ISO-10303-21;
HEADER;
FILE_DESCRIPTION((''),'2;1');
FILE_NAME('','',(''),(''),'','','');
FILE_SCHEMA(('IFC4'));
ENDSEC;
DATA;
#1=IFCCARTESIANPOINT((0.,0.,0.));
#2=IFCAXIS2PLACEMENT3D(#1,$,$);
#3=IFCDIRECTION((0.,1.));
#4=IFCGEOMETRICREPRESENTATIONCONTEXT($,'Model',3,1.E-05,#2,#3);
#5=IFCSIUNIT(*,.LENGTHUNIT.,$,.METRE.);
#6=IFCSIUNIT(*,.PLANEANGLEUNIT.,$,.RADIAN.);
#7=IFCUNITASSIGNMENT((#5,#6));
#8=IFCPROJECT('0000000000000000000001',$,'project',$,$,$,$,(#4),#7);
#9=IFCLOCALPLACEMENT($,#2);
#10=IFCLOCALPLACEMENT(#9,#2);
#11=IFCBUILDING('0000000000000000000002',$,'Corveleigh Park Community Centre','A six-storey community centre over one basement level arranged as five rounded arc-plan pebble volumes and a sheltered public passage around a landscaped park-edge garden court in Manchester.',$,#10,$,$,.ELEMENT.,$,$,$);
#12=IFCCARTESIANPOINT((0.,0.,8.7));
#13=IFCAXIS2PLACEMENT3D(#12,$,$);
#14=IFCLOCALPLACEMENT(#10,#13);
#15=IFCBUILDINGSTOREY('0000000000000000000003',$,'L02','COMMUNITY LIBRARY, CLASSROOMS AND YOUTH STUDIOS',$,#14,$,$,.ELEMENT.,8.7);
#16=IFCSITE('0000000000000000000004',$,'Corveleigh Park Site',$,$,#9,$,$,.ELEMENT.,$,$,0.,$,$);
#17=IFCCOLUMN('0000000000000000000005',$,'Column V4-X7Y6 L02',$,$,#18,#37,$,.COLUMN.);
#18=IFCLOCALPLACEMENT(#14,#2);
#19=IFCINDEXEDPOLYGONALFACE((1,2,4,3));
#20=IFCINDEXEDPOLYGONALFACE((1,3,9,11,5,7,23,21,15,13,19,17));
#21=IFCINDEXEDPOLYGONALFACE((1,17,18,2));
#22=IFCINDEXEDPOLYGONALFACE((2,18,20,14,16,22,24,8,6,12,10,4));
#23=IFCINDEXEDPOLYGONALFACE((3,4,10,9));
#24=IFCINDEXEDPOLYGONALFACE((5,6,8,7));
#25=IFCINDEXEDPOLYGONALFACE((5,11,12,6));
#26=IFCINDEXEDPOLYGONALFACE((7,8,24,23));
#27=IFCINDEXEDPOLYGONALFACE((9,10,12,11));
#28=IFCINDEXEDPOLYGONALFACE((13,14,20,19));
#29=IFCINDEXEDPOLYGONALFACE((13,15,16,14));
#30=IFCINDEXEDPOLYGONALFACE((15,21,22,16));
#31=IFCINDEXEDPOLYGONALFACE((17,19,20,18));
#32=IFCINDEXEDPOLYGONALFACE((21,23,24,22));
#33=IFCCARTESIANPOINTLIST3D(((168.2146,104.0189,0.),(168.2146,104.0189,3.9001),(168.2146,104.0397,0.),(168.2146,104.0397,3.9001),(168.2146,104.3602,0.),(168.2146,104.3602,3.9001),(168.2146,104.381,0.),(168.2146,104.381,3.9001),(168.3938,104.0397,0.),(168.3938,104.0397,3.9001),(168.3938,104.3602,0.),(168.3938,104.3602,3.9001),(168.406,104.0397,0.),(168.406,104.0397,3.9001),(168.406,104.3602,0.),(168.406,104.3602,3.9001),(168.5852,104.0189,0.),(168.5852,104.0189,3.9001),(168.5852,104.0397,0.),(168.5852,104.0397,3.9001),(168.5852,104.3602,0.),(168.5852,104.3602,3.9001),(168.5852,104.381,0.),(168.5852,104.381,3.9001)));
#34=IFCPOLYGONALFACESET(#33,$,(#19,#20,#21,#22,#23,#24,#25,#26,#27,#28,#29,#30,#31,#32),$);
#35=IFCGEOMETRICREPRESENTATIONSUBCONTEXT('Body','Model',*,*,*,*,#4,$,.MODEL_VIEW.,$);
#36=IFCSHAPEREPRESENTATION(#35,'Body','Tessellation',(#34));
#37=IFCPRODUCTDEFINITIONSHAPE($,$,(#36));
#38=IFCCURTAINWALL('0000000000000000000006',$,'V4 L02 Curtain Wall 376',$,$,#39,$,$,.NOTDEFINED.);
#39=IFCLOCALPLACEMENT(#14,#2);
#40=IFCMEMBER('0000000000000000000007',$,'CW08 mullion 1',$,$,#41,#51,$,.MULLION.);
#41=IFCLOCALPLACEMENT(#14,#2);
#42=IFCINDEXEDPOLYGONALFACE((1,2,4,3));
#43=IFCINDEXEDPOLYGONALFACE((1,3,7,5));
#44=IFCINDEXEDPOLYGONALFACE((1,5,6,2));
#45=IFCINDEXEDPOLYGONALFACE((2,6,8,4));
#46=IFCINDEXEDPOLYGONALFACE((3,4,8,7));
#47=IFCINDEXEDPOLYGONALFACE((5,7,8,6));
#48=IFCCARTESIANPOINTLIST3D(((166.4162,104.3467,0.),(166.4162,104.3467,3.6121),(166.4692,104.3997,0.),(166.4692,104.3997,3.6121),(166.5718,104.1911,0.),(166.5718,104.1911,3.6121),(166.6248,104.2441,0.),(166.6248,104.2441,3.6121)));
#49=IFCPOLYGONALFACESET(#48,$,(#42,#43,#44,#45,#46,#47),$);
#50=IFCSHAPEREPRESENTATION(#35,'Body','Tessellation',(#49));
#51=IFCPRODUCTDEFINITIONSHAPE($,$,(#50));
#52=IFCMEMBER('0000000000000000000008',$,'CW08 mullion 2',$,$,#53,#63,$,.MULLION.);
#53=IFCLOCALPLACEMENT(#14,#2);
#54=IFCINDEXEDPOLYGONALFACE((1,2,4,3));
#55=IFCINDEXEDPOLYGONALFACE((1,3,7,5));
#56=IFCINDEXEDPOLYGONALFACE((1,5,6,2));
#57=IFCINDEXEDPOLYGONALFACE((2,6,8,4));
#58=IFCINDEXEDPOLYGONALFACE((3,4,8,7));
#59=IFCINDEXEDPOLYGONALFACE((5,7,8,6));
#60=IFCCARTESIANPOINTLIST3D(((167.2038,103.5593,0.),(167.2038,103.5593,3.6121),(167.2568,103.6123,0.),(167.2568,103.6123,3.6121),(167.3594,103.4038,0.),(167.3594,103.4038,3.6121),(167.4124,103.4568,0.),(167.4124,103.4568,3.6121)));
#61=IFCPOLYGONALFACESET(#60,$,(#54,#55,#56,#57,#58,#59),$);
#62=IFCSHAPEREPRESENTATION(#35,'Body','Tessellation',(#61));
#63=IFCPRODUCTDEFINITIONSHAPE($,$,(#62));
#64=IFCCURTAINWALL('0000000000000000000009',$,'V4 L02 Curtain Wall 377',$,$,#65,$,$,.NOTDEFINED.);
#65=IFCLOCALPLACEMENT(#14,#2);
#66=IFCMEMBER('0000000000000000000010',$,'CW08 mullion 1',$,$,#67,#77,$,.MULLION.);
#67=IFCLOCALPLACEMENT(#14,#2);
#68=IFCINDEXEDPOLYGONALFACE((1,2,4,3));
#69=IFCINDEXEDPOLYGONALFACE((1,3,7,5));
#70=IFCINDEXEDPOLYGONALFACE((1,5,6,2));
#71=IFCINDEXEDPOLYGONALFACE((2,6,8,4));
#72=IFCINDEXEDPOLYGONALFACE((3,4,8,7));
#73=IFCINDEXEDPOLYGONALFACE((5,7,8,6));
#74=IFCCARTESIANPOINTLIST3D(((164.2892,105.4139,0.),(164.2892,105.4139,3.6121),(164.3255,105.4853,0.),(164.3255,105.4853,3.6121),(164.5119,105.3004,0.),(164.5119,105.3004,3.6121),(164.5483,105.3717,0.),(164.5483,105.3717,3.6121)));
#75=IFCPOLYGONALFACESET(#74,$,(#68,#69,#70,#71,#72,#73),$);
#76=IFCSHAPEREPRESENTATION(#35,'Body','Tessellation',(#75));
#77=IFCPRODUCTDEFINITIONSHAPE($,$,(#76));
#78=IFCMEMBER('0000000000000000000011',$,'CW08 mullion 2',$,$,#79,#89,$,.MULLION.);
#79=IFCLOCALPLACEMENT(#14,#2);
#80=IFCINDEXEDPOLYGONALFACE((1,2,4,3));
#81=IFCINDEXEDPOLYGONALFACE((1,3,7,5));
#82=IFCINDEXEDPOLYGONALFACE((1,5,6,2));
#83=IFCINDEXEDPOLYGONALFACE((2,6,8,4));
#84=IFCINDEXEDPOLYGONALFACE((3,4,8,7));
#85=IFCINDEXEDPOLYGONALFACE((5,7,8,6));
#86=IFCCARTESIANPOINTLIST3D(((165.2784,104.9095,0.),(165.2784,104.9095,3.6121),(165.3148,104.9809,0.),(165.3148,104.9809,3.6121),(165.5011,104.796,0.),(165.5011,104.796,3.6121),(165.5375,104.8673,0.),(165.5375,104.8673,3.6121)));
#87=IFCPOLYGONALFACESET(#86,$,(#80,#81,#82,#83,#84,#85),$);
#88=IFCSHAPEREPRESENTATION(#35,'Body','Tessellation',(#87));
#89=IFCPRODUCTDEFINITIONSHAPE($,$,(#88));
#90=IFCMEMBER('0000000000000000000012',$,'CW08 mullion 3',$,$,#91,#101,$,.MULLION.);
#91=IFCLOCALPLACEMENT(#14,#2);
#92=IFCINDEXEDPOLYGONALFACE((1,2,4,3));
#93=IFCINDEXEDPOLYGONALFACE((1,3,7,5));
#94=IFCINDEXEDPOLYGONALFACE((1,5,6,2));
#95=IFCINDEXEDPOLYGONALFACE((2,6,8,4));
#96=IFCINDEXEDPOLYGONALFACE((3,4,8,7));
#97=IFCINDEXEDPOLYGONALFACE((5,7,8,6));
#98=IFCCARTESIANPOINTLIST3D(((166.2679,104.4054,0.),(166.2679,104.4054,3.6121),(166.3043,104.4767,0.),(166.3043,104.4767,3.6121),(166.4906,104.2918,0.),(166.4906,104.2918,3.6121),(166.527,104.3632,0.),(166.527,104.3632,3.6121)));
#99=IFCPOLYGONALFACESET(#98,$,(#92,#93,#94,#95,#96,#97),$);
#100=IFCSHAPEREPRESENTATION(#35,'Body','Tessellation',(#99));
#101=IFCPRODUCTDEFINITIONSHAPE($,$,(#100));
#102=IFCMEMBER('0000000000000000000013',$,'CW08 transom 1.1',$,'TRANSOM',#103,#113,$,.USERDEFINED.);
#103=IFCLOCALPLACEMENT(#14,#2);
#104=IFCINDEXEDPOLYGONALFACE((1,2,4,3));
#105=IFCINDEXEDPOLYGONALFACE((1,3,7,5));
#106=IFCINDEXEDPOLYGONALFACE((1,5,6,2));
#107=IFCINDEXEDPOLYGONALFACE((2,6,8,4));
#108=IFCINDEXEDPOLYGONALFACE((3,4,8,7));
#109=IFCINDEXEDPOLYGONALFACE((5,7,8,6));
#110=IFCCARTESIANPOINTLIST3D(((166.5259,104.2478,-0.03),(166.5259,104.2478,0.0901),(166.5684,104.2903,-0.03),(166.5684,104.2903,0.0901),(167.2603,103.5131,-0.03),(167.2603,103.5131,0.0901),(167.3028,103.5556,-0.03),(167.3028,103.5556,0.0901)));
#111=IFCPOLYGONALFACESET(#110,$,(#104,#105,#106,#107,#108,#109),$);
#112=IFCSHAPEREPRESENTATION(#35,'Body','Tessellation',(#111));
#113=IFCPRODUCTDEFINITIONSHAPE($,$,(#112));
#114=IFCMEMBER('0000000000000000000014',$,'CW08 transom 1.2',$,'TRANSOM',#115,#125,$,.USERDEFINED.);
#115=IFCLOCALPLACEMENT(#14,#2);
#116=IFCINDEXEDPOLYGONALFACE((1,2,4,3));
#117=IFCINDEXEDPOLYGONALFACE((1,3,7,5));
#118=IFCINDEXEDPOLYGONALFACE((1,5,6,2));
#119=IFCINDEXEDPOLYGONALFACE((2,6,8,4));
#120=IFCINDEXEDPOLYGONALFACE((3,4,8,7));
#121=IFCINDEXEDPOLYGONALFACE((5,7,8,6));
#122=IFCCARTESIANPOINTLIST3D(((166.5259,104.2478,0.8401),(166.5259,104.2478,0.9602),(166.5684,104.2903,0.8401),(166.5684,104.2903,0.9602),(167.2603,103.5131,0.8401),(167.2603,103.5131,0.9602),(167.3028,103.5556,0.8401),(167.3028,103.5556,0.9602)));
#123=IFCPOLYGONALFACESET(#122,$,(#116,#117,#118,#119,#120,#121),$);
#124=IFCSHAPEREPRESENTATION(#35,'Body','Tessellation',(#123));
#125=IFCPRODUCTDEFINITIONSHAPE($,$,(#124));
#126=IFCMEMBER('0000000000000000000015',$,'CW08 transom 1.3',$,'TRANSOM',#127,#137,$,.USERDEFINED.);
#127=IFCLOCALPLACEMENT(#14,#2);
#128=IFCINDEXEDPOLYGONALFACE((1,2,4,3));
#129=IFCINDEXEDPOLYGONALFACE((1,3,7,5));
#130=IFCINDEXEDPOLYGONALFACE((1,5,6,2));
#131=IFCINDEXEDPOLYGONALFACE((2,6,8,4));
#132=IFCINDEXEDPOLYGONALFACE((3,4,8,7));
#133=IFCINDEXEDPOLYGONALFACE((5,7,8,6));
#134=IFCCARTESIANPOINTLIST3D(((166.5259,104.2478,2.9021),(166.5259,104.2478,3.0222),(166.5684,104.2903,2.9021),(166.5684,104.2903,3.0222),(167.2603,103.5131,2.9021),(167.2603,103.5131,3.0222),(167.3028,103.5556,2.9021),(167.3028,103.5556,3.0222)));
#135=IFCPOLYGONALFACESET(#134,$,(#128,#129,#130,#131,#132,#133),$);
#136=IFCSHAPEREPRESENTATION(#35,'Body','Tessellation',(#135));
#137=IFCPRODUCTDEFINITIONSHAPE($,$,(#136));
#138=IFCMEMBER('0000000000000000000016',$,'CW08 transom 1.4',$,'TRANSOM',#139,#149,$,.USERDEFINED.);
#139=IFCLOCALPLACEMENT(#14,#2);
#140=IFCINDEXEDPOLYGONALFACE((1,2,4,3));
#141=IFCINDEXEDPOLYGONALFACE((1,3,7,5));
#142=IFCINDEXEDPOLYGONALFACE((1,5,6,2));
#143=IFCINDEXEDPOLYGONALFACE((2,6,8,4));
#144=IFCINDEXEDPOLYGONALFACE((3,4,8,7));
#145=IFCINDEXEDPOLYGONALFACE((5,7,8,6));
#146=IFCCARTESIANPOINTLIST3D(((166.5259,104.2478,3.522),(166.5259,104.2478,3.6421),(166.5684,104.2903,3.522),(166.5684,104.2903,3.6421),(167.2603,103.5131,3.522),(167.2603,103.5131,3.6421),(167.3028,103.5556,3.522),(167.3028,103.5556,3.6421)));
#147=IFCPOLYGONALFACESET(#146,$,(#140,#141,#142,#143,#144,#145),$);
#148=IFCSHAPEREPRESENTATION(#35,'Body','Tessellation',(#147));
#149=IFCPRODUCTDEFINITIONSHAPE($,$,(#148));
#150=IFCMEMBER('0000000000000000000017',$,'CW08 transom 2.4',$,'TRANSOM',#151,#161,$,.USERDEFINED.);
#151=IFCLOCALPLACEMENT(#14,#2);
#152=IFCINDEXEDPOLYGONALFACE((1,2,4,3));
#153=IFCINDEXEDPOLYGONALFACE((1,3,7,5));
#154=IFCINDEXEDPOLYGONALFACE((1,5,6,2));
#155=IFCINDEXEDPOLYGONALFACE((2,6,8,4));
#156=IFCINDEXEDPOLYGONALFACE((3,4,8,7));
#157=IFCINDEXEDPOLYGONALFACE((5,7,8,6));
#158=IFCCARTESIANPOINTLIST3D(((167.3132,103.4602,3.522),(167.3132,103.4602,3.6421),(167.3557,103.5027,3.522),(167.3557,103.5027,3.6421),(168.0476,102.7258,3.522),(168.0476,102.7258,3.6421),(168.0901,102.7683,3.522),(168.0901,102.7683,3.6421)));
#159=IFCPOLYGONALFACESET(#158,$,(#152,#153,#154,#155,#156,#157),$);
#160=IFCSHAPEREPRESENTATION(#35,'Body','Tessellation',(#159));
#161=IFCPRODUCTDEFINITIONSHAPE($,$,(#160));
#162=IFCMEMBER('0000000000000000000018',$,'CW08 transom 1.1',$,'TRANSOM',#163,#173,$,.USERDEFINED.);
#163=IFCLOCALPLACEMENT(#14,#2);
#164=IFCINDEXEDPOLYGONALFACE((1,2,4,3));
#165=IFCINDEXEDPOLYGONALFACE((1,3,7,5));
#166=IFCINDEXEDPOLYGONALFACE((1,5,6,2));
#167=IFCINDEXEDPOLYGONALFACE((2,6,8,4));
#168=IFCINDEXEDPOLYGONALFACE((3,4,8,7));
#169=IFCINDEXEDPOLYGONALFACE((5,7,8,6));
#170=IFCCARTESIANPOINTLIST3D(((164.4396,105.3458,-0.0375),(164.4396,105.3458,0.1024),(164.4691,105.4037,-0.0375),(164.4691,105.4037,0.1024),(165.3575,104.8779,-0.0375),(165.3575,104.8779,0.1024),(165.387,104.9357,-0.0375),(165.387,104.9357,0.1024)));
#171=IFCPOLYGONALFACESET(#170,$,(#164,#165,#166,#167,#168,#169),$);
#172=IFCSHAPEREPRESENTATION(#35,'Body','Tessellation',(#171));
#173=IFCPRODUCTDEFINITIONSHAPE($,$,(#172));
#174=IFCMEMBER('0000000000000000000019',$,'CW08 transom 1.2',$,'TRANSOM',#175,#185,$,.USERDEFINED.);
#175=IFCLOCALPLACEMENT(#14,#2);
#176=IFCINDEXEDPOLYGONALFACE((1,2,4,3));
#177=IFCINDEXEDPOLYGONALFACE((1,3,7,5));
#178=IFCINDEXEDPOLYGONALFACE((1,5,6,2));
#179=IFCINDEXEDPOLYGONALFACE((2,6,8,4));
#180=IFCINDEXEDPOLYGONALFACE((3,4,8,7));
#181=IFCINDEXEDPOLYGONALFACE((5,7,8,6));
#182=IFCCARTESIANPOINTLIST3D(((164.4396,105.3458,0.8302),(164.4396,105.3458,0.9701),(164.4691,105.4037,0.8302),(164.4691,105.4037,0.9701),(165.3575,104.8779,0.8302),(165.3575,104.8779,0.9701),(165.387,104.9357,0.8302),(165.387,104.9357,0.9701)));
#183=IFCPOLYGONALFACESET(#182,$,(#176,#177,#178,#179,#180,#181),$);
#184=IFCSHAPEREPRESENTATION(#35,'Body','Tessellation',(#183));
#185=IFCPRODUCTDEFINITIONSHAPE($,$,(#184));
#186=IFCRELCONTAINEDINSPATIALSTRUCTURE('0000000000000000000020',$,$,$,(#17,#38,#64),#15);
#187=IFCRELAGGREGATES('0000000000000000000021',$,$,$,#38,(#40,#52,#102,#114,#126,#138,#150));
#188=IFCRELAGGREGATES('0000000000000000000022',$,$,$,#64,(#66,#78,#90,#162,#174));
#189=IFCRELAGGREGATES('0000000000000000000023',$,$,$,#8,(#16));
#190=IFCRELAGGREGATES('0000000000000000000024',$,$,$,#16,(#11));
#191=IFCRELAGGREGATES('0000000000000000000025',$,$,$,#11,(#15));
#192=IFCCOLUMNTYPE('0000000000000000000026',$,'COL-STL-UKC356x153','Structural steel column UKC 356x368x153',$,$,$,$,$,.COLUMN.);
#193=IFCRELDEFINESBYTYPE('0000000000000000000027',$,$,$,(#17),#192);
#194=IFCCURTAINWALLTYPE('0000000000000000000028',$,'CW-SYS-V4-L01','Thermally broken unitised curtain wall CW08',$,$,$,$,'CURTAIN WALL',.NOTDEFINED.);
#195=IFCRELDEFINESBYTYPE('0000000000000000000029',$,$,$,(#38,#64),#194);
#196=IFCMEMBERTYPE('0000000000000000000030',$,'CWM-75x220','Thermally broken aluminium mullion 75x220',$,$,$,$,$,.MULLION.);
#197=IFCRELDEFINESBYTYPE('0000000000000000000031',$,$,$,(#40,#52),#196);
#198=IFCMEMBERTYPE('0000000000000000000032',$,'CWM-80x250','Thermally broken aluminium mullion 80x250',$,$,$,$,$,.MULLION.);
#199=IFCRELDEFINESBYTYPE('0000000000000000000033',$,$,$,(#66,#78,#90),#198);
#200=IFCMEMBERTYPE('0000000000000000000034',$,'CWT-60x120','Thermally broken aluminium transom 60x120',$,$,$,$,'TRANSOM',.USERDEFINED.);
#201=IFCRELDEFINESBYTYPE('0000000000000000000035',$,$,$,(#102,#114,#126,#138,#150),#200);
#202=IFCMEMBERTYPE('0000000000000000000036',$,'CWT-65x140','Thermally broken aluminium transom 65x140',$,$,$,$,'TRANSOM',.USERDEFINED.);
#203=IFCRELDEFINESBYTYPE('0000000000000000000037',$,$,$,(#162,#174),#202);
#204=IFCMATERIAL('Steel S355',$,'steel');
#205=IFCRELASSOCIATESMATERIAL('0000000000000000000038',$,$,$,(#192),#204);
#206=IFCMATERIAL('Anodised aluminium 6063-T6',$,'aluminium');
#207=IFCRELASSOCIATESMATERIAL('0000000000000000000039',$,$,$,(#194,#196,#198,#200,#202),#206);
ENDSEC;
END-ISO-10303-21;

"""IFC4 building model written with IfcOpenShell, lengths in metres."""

from ifc_helpers import new_model, si_unit, direction, frame, origin, origin_2d, place, context, subcontext, project, spatial, rectangle, i_section, extrude, material, material_profile, profile_set, type_object, element, aggregate, save


model = new_model("IFC4")

# Units and contexts
model_context = context("Model", 3, precision=1e-05, world=origin(), true_north=direction((0.0, 1.0)))
body_context = subcontext(model_context, "Body", "Model", "MODEL_VIEW")
ifc_project = project(units=[si_unit("LENGTHUNIT", "METRE"), si_unit("PLANEANGLEUNIT", "RADIAN")], contexts=[model_context])

# Site, building, storey
site_placement = place(None, origin())
site = spatial("IfcSite", under=ifc_project, at=site_placement, Name="Corveleigh Park Site", CompositionType="ELEMENT", RefElevation=0.0)
building_placement = place(site_placement, origin())
building = spatial("IfcBuilding", under=site, at=building_placement, Name="Corveleigh Park Community Centre", Description="A six-storey community centre over one basement level arranged as five rounded arc-plan pebble volumes and a sheltered public passage around a landscaped park-edge garden court in Manchester.", CompositionType="ELEMENT")
storey_placement = place(building_placement, frame((0.0, 0.0, 8.7)))
storey = spatial("IfcBuildingStorey", under=building, at=storey_placement, Name="L02", Description="COMMUNITY LIBRARY, CLASSROOMS AND YOUTH STUDIOS", CompositionType="ELEMENT", Elevation=8.7)

# Column
ifc_material_1 = material(Name="Steel S355", Category="steel")
ifc_material_profile_1 = material_profile(ifc_material_1, i_section(OverallWidth=0.3706, OverallDepth=0.3621, WebThickness=0.0122, FlangeThickness=0.0208, at=origin_2d()), Name="UKC 356x368x153", Category="steel")
ifc_profile_set_1 = profile_set([ifc_material_profile_1], Name="Steel S355")
column_type = type_object("IfcColumnType", Name="COL-STL-UKC356x153", Description="Structural steel column UKC 356x368x153", PredefinedType="COLUMN", material=ifc_profile_set_1)
column_placement = place(storey_placement, frame((168.3999, 104.2, 0.0), z_axis=(0.0, 0.0, 1.0), x_axis=(1.0, 0.0, 0.0)))
element("IfcColumn", 1, at=column_placement, inside=storey, type_object=column_type, Name="Column V4-X7Y6 L02", PredefinedType="COLUMN", context=body_context, shape_type="SweptSolid", body=[
    extrude(i_section(OverallWidth=0.3706, OverallDepth=0.3621, WebThickness=0.0122, FlangeThickness=0.0208, at=origin_2d()), origin(), (0.0, 0.0, 1.0), 3.9001),
])

# Curtain walls, members
ifc_material_2 = material(Name="Anodised aluminium 6063-T6", Category="aluminium")
curtain_wall_type = type_object("IfcCurtainWallType", Name="CW-SYS-V4-L01", Description="Thermally broken unitised curtain wall CW08", ElementType="CURTAIN WALL", PredefinedType="NOTDEFINED", material=ifc_material_2)
curtain_wall_1_placement = place(storey_placement, origin())
curtain_wall_1 = element("IfcCurtainWall", 2, at=curtain_wall_1_placement, inside=storey, type_object=curtain_wall_type, Name="V4 L02 Curtain Wall 376", PredefinedType="NOTDEFINED")
ifc_material_profile_2 = material_profile(ifc_material_2, rectangle(XDim=0.075, YDim=0.22, at=origin_2d()), Name="ALU-M75x220", Category="aluminium")
ifc_profile_set_2 = profile_set([ifc_material_profile_2], Name="Anodised aluminium 6063-T6")
member_type_1 = type_object("IfcMemberType", Name="CWM-75x220", Description="Thermally broken aluminium mullion 75x220", PredefinedType="MULLION", material=ifc_profile_set_2)
member_1_placement = place(storey_placement, frame((166.5205, 104.2954, 0.0), z_axis=(0.0, 0.0, 1.0), x_axis=(0.707107, 0.707107, 0.0)))
member_1 = element("IfcMember", 3, at=member_1_placement, type_object=member_type_1, Name="CW08 mullion 1", PredefinedType="MULLION", context=body_context, shape_type="SweptSolid", body=[
    extrude(rectangle(XDim=0.075, YDim=0.22, at=origin_2d()), origin(), (0.0, 0.0, 1.0), 3.6121),
])
member_2_placement = place(storey_placement, frame((167.3081, 103.5081, 0.0), z_axis=(0.0, 0.0, 1.0), x_axis=(0.707107, 0.707107, 0.0)))
member_2 = element("IfcMember", 4, at=member_2_placement, type_object=member_type_1, Name="CW08 mullion 2", PredefinedType="MULLION", context=body_context, shape_type="SweptSolid", body=[
    extrude(rectangle(XDim=0.075, YDim=0.22, at=origin_2d()), origin(), (0.0, 0.0, 1.0), 3.6121),
])
curtain_wall_2_placement = place(storey_placement, origin())
curtain_wall_2 = element("IfcCurtainWall", 5, at=curtain_wall_2_placement, inside=storey, type_object=curtain_wall_type, Name="V4 L02 Curtain Wall 377", PredefinedType="NOTDEFINED")
ifc_material_profile_3 = material_profile(ifc_material_2, rectangle(XDim=0.0801, YDim=0.25, at=origin_2d()), Name="ALU-M80x250", Category="aluminium")
ifc_profile_set_3 = profile_set([ifc_material_profile_3], Name="Anodised aluminium 6063-T6")
member_type_2 = type_object("IfcMemberType", Name="CWM-80x250", Description="Thermally broken aluminium mullion 80x250", PredefinedType="MULLION", material=ifc_profile_set_3)
member_3_placement = place(storey_placement, frame((164.4187, 105.3928, 0.0), z_axis=(0.0, 0.0, 1.0), x_axis=(0.454154, 0.890923, 0.0)))
member_3 = element("IfcMember", 6, at=member_3_placement, type_object=member_type_2, Name="CW08 mullion 1", PredefinedType="MULLION", context=body_context, shape_type="SweptSolid", body=[
    extrude(rectangle(XDim=0.0801, YDim=0.25, at=origin_2d()), origin(), (0.0, 0.0, 1.0), 3.6121),
])
member_4_placement = place(storey_placement, frame((165.408, 104.8884, 0.0), z_axis=(0.0, 0.0, 1.0), x_axis=(0.454154, 0.890923, 0.0)))
member_4 = element("IfcMember", 7, at=member_4_placement, type_object=member_type_2, Name="CW08 mullion 2", PredefinedType="MULLION", context=body_context, shape_type="SweptSolid", body=[
    extrude(rectangle(XDim=0.0801, YDim=0.25, at=origin_2d()), origin(), (0.0, 0.0, 1.0), 3.6121),
])
member_5_placement = place(storey_placement, frame((166.3975, 104.3843, 0.0), z_axis=(0.0, 0.0, 1.0), x_axis=(0.454154, 0.890923, 0.0)))
member_5 = element("IfcMember", 8, at=member_5_placement, type_object=member_type_2, Name="CW08 mullion 3", PredefinedType="MULLION", context=body_context, shape_type="SweptSolid", body=[
    extrude(rectangle(XDim=0.0801, YDim=0.25, at=origin_2d()), origin(), (0.0, 0.0, 1.0), 3.6121),
])

# Members
ifc_material_profile_4 = material_profile(ifc_material_2, rectangle(XDim=0.0601, YDim=0.1201, at=origin_2d()), Name="ALU-T60x120", Category="aluminium")
ifc_profile_set_4 = profile_set([ifc_material_profile_4], Name="Anodised aluminium 6063-T6")
member_type_3 = type_object("IfcMemberType", Name="CWT-60x120", Description="Thermally broken aluminium transom 60x120", ElementType="TRANSOM", PredefinedType="USERDEFINED", material=ifc_profile_set_4)
member_6_placement = place(storey_placement, frame((166.5471, 104.269, 0.03), z_axis=(0.706989, -0.707224, 0.0), x_axis=(0.707224, 0.706989, 0.0)))
member_6 = element("IfcMember", 9, at=member_6_placement, type_object=member_type_3, Name="CW08 transom 1.1", ObjectType="TRANSOM", PredefinedType="USERDEFINED", context=body_context, shape_type="SweptSolid", body=[
    extrude(rectangle(XDim=0.0601, YDim=0.1201, at=origin_2d()), origin(), (0.0, 0.0, 1.0), 1.0388),
])
member_7_placement = place(storey_placement, frame((166.5471, 104.269, 0.9001), z_axis=(0.706989, -0.707224, 0.0), x_axis=(0.707224, 0.706989, 0.0)))
member_7 = element("IfcMember", 10, at=member_7_placement, type_object=member_type_3, Name="CW08 transom 1.2", ObjectType="TRANSOM", PredefinedType="USERDEFINED", context=body_context, shape_type="SweptSolid", body=[
    extrude(rectangle(XDim=0.0601, YDim=0.1201, at=origin_2d()), origin(), (0.0, 0.0, 1.0), 1.0388),
])
member_8_placement = place(storey_placement, frame((166.5471, 104.269, 2.9622), z_axis=(0.706989, -0.707224, 0.0), x_axis=(0.707224, 0.706989, 0.0)))
member_8 = element("IfcMember", 11, at=member_8_placement, type_object=member_type_3, Name="CW08 transom 1.3", ObjectType="TRANSOM", PredefinedType="USERDEFINED", context=body_context, shape_type="SweptSolid", body=[
    extrude(rectangle(XDim=0.0601, YDim=0.1201, at=origin_2d()), origin(), (0.0, 0.0, 1.0), 1.0388),
])
member_9_placement = place(storey_placement, frame((166.5471, 104.269, 3.582), z_axis=(0.706989, -0.707224, 0.0), x_axis=(0.707224, 0.706989, 0.0)))
member_9 = element("IfcMember", 12, at=member_9_placement, type_object=member_type_3, Name="CW08 transom 1.4", ObjectType="TRANSOM", PredefinedType="USERDEFINED", context=body_context, shape_type="SweptSolid", body=[
    extrude(rectangle(XDim=0.0601, YDim=0.1201, at=origin_2d()), origin(), (0.0, 0.0, 1.0), 1.0388),
])
member_10_placement = place(storey_placement, frame((167.3345, 103.4814, 3.582), z_axis=(0.707107, -0.707107, 0.0), x_axis=(0.707107, 0.707107, 0.0)))
member_10 = element("IfcMember", 13, at=member_10_placement, type_object=member_type_3, Name="CW08 transom 2.4", ObjectType="TRANSOM", PredefinedType="USERDEFINED", context=body_context, shape_type="SweptSolid", body=[
    extrude(rectangle(XDim=0.0601, YDim=0.1201, at=origin_2d()), origin(), (0.0, 0.0, 1.0), 1.0386),
])
ifc_material_profile_5 = material_profile(ifc_material_2, rectangle(XDim=0.0649, YDim=0.1399, at=origin_2d()), Name="ALU-T65x140", Category="aluminium")
ifc_profile_set_5 = profile_set([ifc_material_profile_5], Name="Anodised aluminium 6063-T6")
member_type_4 = type_object("IfcMemberType", Name="CWT-65x140", Description="Thermally broken aluminium transom 65x140", ElementType="TRANSOM", PredefinedType="USERDEFINED", material=ifc_profile_set_5)
member_11_placement = place(storey_placement, frame((164.4543, 105.3748, 0.0325), z_axis=(0.890893, -0.454213, 0.0), x_axis=(0.454213, 0.890893, 0.0)))
member_11 = element("IfcMember", 14, at=member_11_placement, type_object=member_type_4, Name="CW08 transom 1.1", ObjectType="TRANSOM", PredefinedType="USERDEFINED", context=body_context, shape_type="SweptSolid", body=[
    extrude(rectangle(XDim=0.0649, YDim=0.1399, at=origin_2d()), origin(), (0.0, 0.0, 1.0), 1.0303),
])
member_12_placement = place(storey_placement, frame((164.4543, 105.3748, 0.9001), z_axis=(0.890893, -0.454213, 0.0), x_axis=(0.454213, 0.890893, 0.0)))
member_12 = element("IfcMember", 15, at=member_12_placement, type_object=member_type_4, Name="CW08 transom 1.2", ObjectType="TRANSOM", PredefinedType="USERDEFINED", context=body_context, shape_type="SweptSolid", body=[
    extrude(rectangle(XDim=0.0649, YDim=0.1399, at=origin_2d()), origin(), (0.0, 0.0, 1.0), 1.0303),
])

aggregate(curtain_wall_1, [member_1, member_2, member_6, member_7, member_8, member_9, member_10])
aggregate(curtain_wall_2, [member_3, member_4, member_5, member_11, member_12])

save(model, "model.ifc")
